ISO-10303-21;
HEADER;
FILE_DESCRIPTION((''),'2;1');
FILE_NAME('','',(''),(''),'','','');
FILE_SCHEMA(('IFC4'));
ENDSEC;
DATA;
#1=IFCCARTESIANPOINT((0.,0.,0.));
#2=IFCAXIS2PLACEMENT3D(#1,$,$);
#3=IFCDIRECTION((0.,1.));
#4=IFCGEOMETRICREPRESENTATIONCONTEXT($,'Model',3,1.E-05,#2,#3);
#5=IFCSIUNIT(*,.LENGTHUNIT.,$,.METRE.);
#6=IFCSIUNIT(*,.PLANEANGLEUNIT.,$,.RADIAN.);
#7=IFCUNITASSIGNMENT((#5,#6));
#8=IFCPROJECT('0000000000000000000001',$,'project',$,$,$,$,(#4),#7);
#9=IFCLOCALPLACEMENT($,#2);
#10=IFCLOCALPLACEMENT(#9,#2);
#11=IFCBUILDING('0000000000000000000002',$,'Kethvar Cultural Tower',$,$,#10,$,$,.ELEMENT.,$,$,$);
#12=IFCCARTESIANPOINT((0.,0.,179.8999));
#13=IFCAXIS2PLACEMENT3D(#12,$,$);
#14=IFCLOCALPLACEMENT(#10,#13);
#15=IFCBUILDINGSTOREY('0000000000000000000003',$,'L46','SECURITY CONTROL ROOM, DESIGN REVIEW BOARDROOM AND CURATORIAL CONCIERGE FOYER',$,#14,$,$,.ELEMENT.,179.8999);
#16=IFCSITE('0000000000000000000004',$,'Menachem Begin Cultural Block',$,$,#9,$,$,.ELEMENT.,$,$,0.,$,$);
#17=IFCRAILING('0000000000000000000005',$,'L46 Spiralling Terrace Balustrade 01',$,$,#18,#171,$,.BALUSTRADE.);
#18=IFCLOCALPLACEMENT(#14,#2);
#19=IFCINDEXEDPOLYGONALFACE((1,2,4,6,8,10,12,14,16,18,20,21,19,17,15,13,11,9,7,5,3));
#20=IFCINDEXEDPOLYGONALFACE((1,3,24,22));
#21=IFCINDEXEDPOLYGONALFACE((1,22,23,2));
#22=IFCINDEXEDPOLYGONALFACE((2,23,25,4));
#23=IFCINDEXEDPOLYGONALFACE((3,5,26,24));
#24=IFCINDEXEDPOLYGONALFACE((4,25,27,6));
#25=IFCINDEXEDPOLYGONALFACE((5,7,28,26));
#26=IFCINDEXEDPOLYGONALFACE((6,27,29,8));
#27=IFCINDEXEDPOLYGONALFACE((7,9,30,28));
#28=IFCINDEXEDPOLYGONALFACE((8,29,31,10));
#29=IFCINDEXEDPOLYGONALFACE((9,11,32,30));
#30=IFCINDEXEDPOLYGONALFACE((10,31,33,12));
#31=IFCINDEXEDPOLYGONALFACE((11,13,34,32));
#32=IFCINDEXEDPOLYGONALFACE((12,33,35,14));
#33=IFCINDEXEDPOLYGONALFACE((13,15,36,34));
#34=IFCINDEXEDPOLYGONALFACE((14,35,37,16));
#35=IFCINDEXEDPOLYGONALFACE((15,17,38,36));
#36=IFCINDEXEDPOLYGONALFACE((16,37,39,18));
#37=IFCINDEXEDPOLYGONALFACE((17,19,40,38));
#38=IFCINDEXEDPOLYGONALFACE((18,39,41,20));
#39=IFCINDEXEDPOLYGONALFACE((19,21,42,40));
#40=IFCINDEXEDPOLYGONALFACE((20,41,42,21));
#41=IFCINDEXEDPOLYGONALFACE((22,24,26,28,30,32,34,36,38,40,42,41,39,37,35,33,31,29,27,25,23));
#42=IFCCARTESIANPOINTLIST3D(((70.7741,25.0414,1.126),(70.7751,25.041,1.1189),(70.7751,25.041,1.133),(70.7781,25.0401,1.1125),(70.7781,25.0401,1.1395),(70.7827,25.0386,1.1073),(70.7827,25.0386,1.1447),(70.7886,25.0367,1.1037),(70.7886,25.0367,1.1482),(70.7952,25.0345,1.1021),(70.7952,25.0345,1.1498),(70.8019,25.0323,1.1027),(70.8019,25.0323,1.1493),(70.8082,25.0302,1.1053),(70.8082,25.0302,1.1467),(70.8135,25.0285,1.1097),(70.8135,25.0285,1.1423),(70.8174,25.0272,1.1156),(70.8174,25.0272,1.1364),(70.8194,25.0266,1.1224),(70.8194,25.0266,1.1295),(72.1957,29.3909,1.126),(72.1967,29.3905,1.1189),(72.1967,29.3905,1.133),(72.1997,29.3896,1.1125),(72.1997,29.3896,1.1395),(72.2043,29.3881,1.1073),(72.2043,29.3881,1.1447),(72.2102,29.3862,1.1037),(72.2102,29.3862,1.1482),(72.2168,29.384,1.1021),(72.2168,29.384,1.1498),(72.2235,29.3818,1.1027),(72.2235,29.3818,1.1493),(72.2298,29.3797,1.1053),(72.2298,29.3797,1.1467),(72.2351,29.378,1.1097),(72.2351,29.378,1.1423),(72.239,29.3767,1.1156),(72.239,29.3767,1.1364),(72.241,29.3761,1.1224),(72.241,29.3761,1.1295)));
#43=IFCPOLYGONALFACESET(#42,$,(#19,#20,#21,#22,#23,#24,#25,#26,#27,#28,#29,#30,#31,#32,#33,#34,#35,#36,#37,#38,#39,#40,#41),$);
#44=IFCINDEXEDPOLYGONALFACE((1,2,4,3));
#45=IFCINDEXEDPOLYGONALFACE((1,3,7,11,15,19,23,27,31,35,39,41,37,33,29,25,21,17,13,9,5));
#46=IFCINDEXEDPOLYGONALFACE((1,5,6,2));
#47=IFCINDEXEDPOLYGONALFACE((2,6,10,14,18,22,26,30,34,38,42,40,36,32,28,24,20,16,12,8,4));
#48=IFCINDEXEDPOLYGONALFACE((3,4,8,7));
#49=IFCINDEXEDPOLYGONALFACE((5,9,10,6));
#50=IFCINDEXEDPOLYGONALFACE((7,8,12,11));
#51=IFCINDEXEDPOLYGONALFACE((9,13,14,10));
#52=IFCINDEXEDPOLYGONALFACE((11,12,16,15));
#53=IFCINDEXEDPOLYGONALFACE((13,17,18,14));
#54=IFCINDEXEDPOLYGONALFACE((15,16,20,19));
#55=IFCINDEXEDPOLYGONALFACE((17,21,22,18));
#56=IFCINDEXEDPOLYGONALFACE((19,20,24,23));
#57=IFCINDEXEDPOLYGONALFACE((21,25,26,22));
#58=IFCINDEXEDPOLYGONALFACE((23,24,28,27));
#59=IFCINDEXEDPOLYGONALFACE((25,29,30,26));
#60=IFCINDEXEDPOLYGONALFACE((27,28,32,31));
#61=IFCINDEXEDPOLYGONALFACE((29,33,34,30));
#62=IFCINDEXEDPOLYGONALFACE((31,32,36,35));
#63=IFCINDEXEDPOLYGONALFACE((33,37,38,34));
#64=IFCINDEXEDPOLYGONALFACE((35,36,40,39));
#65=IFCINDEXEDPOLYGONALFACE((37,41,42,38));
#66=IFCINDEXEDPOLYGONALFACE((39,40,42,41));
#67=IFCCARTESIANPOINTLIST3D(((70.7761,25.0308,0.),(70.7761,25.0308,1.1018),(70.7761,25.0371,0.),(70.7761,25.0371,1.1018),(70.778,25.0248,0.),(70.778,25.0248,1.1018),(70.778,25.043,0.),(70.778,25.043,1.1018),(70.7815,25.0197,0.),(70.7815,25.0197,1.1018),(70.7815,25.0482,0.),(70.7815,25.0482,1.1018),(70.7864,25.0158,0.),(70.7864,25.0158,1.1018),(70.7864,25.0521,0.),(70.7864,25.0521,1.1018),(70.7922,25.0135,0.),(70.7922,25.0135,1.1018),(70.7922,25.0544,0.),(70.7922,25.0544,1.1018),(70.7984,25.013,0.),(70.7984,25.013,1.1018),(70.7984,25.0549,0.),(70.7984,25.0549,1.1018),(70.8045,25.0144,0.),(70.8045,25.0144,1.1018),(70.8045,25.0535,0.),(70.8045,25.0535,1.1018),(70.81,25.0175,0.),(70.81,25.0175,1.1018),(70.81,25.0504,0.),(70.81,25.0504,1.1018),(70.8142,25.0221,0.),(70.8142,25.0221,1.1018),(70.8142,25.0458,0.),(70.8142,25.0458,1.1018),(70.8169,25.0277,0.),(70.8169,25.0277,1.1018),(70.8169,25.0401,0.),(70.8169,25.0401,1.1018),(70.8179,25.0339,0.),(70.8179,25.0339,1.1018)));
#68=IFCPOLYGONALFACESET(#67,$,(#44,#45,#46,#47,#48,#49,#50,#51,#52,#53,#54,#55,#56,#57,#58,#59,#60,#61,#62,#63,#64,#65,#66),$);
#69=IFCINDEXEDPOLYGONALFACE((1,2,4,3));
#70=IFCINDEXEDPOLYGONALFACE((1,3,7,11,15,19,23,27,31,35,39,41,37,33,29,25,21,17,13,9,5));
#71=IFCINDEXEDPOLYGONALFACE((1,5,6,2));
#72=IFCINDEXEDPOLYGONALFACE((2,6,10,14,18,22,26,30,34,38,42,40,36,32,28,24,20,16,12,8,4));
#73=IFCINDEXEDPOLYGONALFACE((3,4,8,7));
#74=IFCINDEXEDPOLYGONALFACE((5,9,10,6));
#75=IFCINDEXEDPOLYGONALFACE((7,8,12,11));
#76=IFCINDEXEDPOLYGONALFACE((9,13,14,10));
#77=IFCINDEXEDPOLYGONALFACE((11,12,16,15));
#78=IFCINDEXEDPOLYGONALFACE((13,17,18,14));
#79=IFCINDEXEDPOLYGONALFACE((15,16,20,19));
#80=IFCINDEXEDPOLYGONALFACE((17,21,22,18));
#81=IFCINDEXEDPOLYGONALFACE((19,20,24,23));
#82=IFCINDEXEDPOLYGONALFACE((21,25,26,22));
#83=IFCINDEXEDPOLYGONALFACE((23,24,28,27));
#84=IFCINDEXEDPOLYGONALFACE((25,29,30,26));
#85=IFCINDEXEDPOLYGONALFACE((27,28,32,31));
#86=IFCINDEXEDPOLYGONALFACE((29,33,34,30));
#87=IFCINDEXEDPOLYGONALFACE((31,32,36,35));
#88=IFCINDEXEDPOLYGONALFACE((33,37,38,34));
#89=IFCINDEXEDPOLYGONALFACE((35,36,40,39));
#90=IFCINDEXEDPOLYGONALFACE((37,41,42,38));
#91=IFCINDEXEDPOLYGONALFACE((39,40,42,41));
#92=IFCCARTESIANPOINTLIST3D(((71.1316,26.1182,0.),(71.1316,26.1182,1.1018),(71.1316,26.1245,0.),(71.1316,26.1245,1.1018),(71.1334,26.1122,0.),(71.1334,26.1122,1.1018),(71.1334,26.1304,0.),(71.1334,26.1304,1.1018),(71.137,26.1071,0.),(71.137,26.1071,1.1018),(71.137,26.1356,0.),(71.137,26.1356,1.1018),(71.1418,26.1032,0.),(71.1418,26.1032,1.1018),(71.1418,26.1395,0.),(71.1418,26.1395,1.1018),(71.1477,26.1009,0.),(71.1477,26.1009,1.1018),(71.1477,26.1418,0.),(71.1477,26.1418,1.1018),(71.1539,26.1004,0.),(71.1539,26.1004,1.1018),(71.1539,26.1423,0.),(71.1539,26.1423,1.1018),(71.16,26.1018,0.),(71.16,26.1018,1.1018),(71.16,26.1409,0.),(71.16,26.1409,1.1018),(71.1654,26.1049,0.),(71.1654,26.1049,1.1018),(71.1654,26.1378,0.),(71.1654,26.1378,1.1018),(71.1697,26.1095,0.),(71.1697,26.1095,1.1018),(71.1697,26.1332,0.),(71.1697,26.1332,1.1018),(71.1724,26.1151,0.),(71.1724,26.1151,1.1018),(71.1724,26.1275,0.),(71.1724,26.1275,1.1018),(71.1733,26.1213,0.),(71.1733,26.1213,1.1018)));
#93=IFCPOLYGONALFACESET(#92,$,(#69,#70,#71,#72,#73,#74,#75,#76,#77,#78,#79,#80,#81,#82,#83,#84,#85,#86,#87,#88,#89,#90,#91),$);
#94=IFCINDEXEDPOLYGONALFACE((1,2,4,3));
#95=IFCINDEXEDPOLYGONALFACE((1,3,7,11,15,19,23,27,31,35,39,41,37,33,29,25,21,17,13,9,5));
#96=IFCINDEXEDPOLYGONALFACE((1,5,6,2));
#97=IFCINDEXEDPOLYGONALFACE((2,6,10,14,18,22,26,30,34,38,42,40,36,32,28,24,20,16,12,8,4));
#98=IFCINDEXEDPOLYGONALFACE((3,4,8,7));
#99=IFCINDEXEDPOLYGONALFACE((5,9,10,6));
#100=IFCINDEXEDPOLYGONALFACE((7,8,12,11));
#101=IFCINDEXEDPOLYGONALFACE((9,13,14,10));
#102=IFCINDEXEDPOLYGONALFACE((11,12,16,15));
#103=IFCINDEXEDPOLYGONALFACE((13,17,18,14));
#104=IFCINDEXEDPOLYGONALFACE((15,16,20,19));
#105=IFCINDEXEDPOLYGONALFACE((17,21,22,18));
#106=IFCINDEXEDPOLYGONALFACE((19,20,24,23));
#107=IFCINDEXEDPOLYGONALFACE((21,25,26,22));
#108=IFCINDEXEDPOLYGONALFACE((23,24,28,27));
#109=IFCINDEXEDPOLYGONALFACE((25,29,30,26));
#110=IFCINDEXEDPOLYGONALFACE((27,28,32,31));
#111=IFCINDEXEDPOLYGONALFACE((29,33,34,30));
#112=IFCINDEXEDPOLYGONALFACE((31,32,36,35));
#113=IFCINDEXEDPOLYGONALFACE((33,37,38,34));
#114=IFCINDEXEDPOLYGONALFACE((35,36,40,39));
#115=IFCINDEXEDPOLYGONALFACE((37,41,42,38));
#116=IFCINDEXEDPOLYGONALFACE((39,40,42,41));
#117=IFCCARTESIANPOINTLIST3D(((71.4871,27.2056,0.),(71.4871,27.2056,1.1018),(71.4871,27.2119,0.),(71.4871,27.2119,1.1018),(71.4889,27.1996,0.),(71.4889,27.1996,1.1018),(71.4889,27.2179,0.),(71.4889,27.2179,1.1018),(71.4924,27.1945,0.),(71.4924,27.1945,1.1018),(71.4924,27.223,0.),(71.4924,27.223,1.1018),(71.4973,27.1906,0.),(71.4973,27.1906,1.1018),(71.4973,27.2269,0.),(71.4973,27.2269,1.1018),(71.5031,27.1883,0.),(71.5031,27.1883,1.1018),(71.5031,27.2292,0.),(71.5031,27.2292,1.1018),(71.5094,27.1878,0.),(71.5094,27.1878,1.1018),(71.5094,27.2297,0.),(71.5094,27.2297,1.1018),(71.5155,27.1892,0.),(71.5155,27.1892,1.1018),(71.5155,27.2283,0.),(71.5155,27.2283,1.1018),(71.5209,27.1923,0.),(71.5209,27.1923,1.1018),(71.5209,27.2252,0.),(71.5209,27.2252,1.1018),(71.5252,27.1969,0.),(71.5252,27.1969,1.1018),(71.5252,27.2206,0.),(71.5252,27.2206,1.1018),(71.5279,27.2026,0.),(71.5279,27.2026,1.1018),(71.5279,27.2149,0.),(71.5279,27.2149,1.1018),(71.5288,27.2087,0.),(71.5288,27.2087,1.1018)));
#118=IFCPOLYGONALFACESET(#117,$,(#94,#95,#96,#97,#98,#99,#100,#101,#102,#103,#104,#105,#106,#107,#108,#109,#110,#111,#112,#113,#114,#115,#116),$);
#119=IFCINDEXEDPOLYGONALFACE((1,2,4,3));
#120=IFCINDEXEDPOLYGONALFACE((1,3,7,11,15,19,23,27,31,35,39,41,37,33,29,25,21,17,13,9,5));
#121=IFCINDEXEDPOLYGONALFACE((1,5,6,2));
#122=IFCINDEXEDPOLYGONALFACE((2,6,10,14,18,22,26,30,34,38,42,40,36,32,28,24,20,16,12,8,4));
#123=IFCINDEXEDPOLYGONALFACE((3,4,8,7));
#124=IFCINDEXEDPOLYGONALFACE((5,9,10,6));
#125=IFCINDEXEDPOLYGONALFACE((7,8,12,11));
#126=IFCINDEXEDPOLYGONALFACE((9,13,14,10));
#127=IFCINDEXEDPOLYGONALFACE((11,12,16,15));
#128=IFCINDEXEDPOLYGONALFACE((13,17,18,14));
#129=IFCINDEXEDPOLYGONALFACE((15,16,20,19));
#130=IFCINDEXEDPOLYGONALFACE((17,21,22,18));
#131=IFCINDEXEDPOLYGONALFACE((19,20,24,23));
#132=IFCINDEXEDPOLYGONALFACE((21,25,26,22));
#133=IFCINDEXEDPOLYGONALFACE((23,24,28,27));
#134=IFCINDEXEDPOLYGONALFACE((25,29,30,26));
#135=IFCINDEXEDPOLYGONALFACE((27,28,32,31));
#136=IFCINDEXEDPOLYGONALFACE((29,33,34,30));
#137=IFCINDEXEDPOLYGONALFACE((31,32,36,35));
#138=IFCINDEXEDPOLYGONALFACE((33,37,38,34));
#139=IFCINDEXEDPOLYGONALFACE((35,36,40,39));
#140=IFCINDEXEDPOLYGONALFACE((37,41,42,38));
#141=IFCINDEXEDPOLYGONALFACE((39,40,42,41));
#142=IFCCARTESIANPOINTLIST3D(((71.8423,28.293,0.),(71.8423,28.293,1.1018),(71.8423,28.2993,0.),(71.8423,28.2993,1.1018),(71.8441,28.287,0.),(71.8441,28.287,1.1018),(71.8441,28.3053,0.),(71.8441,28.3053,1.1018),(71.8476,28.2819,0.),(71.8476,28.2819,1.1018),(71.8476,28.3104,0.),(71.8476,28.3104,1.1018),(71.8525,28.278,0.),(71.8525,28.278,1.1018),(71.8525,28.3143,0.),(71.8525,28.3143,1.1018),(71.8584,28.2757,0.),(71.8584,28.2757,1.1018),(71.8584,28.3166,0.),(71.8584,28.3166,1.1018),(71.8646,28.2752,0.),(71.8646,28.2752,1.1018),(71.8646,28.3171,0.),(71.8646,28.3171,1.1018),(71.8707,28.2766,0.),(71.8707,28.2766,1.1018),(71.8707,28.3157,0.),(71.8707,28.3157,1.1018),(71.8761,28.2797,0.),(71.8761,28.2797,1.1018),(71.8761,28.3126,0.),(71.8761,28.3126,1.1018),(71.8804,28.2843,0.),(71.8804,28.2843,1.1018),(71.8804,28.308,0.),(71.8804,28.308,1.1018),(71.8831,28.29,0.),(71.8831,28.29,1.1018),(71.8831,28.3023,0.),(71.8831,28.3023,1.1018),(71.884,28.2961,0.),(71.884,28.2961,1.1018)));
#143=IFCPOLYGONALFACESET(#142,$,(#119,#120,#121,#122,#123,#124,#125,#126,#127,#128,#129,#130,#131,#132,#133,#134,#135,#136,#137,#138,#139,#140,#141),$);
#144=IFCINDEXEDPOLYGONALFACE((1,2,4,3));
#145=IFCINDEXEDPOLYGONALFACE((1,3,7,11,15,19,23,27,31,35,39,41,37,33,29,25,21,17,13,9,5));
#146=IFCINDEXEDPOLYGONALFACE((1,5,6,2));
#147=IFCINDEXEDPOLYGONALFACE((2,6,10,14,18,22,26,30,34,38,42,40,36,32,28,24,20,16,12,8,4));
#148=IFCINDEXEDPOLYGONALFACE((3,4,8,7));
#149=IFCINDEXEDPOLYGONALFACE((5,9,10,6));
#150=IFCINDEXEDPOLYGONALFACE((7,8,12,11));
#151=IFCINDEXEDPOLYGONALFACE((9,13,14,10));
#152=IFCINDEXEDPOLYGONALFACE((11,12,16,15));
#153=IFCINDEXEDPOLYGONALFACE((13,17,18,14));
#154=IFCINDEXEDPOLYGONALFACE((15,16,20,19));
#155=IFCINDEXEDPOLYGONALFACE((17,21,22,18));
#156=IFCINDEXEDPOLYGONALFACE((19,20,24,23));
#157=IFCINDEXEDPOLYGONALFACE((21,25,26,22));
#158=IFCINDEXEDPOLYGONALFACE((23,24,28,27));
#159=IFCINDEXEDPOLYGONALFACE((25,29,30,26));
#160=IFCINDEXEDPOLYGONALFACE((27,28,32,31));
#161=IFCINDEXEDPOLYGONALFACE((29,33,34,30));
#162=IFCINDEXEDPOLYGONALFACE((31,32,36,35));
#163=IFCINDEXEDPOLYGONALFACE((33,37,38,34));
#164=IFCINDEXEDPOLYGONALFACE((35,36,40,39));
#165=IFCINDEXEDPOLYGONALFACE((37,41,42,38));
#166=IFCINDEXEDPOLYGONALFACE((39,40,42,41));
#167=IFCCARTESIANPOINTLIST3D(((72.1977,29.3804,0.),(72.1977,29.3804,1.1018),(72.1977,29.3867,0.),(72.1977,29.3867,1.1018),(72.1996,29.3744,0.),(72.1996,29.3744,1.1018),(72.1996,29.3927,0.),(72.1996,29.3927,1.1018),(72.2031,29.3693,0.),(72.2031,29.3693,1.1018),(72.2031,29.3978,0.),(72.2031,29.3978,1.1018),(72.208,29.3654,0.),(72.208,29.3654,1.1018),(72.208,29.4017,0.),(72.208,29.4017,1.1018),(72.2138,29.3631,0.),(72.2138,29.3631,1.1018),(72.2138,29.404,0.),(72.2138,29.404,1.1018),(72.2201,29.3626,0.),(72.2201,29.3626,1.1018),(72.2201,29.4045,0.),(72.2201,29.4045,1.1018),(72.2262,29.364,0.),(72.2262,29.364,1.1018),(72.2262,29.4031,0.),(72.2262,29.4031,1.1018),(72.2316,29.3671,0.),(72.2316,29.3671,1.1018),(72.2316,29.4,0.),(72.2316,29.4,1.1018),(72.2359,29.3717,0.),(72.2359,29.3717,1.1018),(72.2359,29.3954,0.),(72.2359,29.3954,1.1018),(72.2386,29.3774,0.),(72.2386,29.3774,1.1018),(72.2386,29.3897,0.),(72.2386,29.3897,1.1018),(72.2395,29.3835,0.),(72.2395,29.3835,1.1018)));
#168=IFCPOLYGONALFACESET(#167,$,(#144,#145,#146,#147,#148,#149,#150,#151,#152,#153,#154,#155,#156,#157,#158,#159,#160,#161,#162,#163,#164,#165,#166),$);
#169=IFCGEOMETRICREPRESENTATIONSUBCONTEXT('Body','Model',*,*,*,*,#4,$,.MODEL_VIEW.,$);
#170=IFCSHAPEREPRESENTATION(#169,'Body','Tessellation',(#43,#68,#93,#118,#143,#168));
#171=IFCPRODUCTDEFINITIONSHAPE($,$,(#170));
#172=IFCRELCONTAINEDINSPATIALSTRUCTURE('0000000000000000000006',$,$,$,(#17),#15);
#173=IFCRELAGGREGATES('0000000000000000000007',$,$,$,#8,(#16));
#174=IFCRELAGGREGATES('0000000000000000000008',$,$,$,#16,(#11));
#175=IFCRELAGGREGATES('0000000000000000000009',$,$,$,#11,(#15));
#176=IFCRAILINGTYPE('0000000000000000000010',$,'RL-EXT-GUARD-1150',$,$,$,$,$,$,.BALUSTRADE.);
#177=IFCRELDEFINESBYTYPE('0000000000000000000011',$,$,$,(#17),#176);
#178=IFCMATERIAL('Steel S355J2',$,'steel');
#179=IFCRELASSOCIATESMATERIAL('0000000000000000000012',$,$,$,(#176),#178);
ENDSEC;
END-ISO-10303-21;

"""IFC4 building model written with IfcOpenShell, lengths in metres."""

from ifc_helpers import new_model, si_unit, direction, frame, origin, origin_2d, place, context, subcontext, project, spatial, circle, extrude, material, type_object, element, save


model = new_model("IFC4")

# Units and contexts
model_context = context("Model", 3, precision=1e-05, world=origin(), true_north=direction((0.0, 1.0)))
body_context = subcontext(model_context, "Body", "Model", "MODEL_VIEW")
ifc_project = project(units=[si_unit("LENGTHUNIT", "METRE"), si_unit("PLANEANGLEUNIT", "RADIAN")], contexts=[model_context])

# Site, building, storey
site_placement = place(None, origin())
site = spatial("IfcSite", under=ifc_project, at=site_placement, Name="Menachem Begin Cultural Block", CompositionType="ELEMENT", RefElevation=0.0)
building_placement = place(site_placement, origin())
building = spatial("IfcBuilding", under=site, at=building_placement, Name="Kethvar Cultural Tower", CompositionType="ELEMENT")
storey_placement = place(building_placement, frame((0.0, 0.0, 179.8999)))
storey = spatial("IfcBuildingStorey", under=building, at=storey_placement, Name="L46", Description="SECURITY CONTROL ROOM, DESIGN REVIEW BOARDROOM AND CURATORIAL CONCIERGE FOYER", CompositionType="ELEMENT", Elevation=179.8999)

# Shared definitions
ifc_material_1 = material(Name="Steel S355J2", Category="steel")

# Railing
railing_type = type_object("IfcRailingType", Name="RL-EXT-GUARD-1150", PredefinedType="BALUSTRADE", material=ifc_material_1)
railing_1_placement = place(storey_placement, frame((70.7969, 25.0339, 0.0)))
element("IfcRailing", 1, at=railing_1_placement, inside=storey, type_object=railing_type, Name="L46 Spiralling Terrace Balustrade 01", PredefinedType="BALUSTRADE", context=body_context, shape_type="SweptSolid", body=[
    extrude(circle(Radius=0.0239, at=origin_2d()), frame((0.0, 0.0, 1.126), z_axis=(0.310668, 0.950518, 0.0), x_axis=(-0.950518, 0.310668, 0.0)), (0.0, 0.0, 1.0), 4.5759),
    extrude(circle(Radius=0.021, at=origin_2d()), origin(), (0.0, 0.0, 1.0), 1.1018),
    extrude(circle(Radius=0.021, at=origin_2d()), frame((0.3555, 1.0874, 0.0)), (0.0, 0.0, 1.0), 1.1018),
    extrude(circle(Radius=0.021, at=origin_2d()), frame((0.7109, 2.1748, 0.0)), (0.0, 0.0, 1.0), 1.1018),
    extrude(circle(Radius=0.021, at=origin_2d()), frame((1.0662, 3.2622, 0.0)), (0.0, 0.0, 1.0), 1.1018),
    extrude(circle(Radius=0.021, at=origin_2d()), frame((1.4216, 4.3496, 0.0)), (0.0, 0.0, 1.0), 1.1018),
])

save(model, "model.ifc")
